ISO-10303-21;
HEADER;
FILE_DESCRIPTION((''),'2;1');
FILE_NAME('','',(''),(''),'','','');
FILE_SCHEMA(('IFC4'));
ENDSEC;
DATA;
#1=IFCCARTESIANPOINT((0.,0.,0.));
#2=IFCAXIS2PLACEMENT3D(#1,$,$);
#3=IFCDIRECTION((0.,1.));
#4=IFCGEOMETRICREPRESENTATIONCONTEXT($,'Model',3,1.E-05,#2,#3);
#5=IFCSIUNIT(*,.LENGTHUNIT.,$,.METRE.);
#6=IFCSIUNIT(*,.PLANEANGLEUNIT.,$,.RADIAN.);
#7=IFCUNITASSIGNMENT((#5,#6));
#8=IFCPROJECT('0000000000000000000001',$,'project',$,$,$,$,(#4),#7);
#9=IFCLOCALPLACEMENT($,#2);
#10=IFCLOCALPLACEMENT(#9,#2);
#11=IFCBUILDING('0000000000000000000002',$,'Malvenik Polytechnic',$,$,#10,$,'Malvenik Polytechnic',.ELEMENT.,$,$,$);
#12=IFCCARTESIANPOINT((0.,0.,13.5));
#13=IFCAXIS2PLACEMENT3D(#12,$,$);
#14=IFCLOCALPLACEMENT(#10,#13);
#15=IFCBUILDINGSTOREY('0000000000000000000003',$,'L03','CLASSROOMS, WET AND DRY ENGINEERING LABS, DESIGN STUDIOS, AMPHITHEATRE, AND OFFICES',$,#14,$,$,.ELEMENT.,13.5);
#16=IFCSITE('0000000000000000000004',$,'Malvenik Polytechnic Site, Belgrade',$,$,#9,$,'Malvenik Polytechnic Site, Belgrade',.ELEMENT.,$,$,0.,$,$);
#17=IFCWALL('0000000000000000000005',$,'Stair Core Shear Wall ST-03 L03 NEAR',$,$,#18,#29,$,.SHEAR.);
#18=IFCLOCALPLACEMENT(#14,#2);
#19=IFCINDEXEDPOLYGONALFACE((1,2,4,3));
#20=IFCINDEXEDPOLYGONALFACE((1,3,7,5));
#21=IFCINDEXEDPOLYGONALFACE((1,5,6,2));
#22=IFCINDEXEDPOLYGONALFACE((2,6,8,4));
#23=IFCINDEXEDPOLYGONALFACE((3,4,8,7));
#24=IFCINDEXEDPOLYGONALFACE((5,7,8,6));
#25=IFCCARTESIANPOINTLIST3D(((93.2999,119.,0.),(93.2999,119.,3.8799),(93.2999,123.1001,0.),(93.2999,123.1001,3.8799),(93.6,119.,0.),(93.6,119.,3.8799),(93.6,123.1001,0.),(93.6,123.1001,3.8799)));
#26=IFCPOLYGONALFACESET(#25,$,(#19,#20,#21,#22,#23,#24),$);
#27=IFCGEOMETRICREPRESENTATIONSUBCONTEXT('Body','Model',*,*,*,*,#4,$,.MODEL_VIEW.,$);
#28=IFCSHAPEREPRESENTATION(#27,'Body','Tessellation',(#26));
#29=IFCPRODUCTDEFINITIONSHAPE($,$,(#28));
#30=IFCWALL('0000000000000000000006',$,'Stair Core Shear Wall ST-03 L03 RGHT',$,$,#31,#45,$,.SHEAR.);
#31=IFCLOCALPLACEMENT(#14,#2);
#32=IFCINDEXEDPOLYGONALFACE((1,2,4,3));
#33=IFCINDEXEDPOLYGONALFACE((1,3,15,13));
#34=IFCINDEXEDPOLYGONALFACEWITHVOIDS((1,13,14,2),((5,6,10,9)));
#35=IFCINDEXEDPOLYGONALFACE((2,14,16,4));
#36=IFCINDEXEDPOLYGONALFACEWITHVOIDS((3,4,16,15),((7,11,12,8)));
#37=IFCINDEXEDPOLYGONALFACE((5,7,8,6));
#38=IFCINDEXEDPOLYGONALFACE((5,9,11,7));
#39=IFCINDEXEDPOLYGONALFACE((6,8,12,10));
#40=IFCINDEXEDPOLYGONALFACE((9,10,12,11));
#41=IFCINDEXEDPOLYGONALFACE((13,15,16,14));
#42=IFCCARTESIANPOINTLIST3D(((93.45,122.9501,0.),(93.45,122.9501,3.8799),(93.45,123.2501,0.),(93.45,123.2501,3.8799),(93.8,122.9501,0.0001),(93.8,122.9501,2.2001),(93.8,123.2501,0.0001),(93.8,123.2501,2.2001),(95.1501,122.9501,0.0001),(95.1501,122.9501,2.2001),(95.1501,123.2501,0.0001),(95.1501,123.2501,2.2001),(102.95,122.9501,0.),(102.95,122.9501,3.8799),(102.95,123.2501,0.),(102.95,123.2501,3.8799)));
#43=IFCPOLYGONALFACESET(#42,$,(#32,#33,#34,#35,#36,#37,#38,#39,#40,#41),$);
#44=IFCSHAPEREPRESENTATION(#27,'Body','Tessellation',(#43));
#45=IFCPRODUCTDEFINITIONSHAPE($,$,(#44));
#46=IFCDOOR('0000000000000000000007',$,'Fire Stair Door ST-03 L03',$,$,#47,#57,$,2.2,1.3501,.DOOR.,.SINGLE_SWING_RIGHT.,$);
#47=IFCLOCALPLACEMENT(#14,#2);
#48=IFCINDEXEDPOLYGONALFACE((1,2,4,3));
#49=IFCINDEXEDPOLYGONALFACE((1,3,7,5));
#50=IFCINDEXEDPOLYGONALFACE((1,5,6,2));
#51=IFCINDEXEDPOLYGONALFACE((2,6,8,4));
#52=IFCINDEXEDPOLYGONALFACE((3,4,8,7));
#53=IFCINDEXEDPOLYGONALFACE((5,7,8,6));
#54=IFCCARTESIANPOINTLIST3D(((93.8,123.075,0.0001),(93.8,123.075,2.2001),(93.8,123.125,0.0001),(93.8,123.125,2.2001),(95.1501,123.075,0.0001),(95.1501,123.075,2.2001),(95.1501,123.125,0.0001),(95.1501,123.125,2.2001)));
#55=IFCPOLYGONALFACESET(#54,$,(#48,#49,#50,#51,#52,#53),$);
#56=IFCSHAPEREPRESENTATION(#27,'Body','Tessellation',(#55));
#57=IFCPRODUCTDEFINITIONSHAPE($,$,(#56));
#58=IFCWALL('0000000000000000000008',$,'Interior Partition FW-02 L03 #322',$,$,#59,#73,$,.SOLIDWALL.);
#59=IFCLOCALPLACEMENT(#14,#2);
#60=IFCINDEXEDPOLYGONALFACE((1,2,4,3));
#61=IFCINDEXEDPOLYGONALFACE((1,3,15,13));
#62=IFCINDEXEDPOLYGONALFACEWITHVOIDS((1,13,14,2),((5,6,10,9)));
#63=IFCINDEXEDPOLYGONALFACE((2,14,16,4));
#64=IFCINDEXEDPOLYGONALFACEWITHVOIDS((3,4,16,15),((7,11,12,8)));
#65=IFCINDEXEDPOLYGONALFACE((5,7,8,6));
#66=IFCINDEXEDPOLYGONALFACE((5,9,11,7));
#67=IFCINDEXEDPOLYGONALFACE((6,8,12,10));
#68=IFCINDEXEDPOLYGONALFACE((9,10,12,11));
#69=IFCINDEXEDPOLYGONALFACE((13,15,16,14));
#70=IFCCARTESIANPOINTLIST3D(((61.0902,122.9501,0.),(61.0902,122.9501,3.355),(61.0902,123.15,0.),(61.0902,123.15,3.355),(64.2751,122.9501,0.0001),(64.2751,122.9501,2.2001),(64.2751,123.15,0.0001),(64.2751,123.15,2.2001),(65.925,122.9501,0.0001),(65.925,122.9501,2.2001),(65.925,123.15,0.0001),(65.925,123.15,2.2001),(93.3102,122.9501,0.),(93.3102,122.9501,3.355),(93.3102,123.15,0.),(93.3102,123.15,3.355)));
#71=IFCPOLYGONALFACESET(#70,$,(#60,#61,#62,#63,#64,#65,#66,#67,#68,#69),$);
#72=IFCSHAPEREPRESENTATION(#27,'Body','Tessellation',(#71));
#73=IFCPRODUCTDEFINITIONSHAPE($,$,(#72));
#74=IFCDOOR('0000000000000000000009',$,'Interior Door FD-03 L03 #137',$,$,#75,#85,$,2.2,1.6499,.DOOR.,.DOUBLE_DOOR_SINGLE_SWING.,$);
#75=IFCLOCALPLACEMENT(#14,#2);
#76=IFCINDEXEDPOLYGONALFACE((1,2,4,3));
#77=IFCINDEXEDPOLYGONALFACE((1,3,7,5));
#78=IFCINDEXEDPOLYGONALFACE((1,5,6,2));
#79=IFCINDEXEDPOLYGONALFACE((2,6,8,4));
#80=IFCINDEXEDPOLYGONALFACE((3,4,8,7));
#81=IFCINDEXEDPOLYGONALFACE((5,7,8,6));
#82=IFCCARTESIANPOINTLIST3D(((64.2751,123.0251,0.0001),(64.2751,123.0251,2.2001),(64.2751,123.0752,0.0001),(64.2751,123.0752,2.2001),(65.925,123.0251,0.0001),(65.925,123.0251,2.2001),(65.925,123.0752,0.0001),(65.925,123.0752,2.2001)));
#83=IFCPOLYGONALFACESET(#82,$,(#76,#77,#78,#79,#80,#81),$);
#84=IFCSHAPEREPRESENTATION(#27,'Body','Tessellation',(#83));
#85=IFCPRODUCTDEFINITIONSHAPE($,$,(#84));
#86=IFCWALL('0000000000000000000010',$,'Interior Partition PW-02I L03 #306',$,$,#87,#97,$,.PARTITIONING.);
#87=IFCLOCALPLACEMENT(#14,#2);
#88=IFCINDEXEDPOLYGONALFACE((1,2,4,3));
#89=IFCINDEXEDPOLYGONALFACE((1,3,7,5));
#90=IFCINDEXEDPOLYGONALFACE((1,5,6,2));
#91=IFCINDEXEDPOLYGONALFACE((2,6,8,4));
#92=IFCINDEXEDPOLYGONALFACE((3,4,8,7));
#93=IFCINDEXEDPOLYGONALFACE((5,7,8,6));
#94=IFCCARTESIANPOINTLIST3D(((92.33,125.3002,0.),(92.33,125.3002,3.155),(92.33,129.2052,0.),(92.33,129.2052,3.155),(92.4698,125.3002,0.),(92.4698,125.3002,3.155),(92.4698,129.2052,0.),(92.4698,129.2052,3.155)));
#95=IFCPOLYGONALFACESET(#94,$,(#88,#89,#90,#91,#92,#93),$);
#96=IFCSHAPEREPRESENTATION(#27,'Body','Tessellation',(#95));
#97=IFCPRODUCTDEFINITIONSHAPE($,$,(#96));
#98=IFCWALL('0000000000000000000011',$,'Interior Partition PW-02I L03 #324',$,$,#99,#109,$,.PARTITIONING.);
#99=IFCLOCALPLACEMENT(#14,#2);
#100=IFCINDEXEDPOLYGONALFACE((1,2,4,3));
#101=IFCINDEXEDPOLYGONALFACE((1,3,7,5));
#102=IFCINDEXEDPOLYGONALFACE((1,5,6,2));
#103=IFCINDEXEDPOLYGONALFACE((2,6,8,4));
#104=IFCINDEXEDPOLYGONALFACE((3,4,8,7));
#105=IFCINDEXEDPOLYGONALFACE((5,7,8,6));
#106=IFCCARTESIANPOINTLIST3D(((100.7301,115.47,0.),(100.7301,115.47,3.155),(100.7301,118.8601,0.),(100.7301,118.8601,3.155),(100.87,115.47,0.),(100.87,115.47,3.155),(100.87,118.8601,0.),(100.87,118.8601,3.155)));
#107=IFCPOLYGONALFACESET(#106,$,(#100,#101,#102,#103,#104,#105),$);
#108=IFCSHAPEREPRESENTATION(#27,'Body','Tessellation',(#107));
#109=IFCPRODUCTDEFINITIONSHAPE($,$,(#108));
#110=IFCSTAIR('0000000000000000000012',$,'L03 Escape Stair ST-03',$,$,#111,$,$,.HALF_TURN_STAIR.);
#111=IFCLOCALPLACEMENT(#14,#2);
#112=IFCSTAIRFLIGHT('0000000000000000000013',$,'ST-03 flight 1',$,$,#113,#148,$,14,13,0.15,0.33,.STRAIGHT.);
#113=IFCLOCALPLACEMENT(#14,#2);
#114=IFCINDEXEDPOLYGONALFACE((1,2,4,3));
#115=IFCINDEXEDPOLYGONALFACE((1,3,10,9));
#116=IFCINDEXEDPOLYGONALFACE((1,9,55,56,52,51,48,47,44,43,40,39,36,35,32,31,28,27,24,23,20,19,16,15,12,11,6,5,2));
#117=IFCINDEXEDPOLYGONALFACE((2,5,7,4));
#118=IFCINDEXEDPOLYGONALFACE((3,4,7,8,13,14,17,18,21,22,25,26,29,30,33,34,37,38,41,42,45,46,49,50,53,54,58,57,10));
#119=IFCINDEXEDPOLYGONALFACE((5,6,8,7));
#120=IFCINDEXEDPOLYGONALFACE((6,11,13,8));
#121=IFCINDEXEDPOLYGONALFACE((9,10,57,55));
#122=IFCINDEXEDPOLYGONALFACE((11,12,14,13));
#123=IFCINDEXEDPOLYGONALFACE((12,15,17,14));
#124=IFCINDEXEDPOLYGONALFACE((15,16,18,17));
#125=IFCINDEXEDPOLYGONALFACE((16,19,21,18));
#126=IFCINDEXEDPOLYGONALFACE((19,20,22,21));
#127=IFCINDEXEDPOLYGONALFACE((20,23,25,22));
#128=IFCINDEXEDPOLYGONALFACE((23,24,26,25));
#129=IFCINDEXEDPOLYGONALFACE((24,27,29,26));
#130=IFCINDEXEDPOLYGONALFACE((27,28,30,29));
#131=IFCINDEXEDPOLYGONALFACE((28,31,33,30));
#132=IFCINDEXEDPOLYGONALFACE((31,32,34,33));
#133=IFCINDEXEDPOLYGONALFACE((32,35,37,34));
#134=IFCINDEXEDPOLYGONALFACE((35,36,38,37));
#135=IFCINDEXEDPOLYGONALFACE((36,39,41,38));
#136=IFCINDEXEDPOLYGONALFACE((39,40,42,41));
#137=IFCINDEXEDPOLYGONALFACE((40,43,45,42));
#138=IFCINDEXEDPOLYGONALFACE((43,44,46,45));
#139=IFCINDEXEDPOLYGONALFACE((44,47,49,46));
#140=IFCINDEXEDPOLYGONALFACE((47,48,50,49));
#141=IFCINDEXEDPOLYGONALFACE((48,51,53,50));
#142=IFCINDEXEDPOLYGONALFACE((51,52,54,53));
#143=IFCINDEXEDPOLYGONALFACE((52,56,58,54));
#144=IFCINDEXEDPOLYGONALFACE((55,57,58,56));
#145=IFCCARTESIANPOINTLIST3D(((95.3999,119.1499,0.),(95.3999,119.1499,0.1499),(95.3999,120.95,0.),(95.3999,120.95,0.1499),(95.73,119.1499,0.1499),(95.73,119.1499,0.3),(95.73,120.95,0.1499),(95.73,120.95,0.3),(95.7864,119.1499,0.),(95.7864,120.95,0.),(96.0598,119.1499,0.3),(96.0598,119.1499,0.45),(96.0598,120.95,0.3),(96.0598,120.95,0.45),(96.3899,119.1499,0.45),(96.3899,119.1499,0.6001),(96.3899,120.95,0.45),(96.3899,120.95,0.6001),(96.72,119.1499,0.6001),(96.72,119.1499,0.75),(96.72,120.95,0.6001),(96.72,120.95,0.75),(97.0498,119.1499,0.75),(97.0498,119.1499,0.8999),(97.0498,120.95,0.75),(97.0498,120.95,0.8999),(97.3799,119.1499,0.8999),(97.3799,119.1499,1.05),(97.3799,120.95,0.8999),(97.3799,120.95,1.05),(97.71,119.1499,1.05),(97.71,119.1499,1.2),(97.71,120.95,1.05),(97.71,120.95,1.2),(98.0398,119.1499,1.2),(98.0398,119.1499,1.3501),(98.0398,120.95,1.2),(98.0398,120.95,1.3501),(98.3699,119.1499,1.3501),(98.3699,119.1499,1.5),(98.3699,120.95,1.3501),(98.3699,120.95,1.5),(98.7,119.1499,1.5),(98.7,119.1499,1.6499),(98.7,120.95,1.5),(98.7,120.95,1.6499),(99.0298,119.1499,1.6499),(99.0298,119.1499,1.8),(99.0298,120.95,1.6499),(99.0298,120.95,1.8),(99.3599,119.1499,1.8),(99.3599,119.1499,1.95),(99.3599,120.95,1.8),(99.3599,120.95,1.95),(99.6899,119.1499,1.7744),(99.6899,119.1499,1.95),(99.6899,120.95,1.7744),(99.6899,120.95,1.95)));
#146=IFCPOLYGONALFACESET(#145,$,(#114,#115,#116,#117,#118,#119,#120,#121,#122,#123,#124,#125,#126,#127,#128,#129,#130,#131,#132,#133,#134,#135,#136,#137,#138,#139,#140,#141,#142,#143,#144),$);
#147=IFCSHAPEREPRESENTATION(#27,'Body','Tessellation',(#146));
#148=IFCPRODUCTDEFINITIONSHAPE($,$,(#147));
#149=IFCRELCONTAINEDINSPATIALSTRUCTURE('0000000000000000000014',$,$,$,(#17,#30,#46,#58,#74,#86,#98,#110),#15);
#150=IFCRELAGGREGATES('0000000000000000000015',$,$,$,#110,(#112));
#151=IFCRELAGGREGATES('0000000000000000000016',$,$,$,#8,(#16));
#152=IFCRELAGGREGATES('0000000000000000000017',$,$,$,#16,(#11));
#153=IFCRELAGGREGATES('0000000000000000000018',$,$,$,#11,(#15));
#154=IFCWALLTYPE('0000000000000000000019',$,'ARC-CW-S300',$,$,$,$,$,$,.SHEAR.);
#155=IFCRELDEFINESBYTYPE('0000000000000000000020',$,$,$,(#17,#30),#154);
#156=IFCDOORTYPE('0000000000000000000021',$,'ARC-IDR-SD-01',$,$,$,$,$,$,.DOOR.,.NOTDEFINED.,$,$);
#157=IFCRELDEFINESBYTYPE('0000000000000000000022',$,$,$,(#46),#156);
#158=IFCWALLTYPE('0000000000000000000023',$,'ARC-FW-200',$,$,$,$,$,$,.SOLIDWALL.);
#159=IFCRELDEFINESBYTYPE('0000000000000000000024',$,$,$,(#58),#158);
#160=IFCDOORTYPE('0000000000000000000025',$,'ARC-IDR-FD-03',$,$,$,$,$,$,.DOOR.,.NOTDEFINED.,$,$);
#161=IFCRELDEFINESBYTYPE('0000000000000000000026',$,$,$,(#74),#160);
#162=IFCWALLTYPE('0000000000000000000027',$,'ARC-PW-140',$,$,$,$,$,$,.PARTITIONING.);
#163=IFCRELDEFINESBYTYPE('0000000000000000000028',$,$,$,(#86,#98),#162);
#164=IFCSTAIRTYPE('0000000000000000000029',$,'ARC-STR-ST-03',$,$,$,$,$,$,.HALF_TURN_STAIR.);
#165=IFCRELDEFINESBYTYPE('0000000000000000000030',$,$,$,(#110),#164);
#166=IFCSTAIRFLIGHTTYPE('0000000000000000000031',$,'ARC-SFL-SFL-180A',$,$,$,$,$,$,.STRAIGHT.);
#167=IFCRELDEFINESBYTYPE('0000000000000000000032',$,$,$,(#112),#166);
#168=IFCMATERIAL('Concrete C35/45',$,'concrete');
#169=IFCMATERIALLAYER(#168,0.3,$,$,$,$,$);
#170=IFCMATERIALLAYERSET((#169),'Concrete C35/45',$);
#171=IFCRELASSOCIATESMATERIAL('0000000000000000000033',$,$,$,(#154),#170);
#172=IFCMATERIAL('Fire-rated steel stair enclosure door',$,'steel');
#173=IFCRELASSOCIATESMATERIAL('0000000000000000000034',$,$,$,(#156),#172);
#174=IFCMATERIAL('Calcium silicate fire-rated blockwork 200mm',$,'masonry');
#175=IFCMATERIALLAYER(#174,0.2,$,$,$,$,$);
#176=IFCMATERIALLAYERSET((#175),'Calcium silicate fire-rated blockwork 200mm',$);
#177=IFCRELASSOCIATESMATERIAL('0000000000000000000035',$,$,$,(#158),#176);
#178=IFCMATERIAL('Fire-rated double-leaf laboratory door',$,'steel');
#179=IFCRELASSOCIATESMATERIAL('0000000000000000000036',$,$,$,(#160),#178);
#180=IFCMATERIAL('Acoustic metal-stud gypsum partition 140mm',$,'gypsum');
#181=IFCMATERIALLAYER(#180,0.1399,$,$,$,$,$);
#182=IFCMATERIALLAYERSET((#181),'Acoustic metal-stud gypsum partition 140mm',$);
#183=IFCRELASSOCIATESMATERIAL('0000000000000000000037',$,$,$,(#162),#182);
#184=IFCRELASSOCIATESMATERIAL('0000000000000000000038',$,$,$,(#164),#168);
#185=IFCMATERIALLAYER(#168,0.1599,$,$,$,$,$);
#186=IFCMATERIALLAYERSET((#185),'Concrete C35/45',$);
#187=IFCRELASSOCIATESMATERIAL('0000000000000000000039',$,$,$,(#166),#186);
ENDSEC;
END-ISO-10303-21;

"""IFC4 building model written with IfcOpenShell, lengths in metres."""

from ifc_helpers import new_model, si_unit, direction, frame, frame_2d, origin, place, context, subcontext, project, spatial, polyline, rectangle, outline, extrude, material, layer, layer_set, type_object, element, fill, aggregate, save


model = new_model("IFC4")

# Units and contexts
model_context = context("Model", 3, precision=1e-05, world=origin(), true_north=direction((0.0, 1.0)))
body_context = subcontext(model_context, "Body", "Model", "MODEL_VIEW")
ifc_project = project(units=[si_unit("LENGTHUNIT", "METRE"), si_unit("PLANEANGLEUNIT", "RADIAN")], contexts=[model_context])

# Site, building, storey
site_placement = place(None, origin())
site = spatial("IfcSite", under=ifc_project, at=site_placement, Name="Malvenik Polytechnic Site, Belgrade", LongName="Malvenik Polytechnic Site, Belgrade", CompositionType="ELEMENT", RefElevation=0.0)
building_placement = place(site_placement, origin())
building = spatial("IfcBuilding", under=site, at=building_placement, Name="Malvenik Polytechnic", LongName="Malvenik Polytechnic", CompositionType="ELEMENT")
storey_placement = place(building_placement, frame((0.0, 0.0, 13.5)))
storey = spatial("IfcBuildingStorey", under=building, at=storey_placement, Name="L03", Description="CLASSROOMS, WET AND DRY ENGINEERING LABS, DESIGN STUDIOS, AMPHITHEATRE, AND OFFICES", CompositionType="ELEMENT", Elevation=13.5)

# Shared definitions
ifc_material_1 = material(Name="Concrete C35/45", Category="concrete")

# Wall
ifc_layer_1 = layer(ifc_material_1, 0.3)
ifc_layer_set_1 = layer_set([ifc_layer_1], Name="Concrete C35/45")
wall_type_1 = type_object("IfcWallType", Name="ARC-CW-S300", PredefinedType="SHEAR", material=ifc_layer_set_1)
wall_1_placement = place(storey_placement, frame((93.45, 119.0, 0.0), z_axis=(0.0, 0.0, 1.0), x_axis=(0.0, 1.0, 0.0)))
element("IfcWall", 1, at=wall_1_placement, inside=storey, type_object=wall_type_1, Name="Stair Core Shear Wall ST-03 L03 NEAR", PredefinedType="SHEAR", context=body_context, shape_type="SweptSolid", body=[
    extrude(rectangle(XDim=4.1001, YDim=0.3, at=frame_2d((2.05, 0.0))), origin(), (0.0, 0.0, 1.0), 3.8799),
])

# Walls, openings, doors
wall_2_placement = place(storey_placement, frame((93.45, 123.1001, 0.0), z_axis=(0.0, 0.0, 1.0), x_axis=(1.0, 0.0, 0.0)))
wall_2 = element("IfcWall", 2, at=wall_2_placement, inside=storey, type_object=wall_type_1, Name="Stair Core Shear Wall ST-03 L03 RGHT", PredefinedType="SHEAR", context=body_context, shape_type="SweptSolid", body=[
    extrude(rectangle(XDim=9.5, YDim=0.3, at=frame_2d((4.75, 0.0))), origin(), (0.0, 0.0, 1.0), 3.8799),
])
opening_1_placement = place(wall_2_placement, frame((0.3501, 0.0, 0.0)))
opening_1 = element("IfcOpeningElement", 3, at=opening_1_placement, cuts=wall_2, PredefinedType="OPENING", context=body_context, shape_type="SweptSolid", body=[
    extrude(rectangle(XDim=1.3501, YDim=2.2, at=frame_2d((0.675, 1.1001))), frame((0.0, 0.1602, 0.0), z_axis=(0.0, -1.0, 0.0), x_axis=(1.0, 0.0, 0.0)), (0.0, 0.0, 1.0), 0.3201),
])
ifc_material_2 = material(Name="Fire-rated steel stair enclosure door", Category="steel")
door_type_1 = type_object("IfcDoorType", Name="ARC-IDR-SD-01", OperationType="NOTDEFINED", PredefinedType="DOOR", material=ifc_material_2)
door_1_placement = place(opening_1_placement, origin())
door_1 = element("IfcDoor", 4, at=door_1_placement, inside=storey, type_object=door_type_1, Name="Fire Stair Door ST-03 L03", OperationType="SINGLE_SWING_RIGHT", OverallHeight=2.2, OverallWidth=1.3501, PredefinedType="DOOR", context=body_context, shape_type="SweptSolid", body=[
    extrude(rectangle(XDim=1.3501, YDim=2.2, at=frame_2d((0.675, 1.1001))), frame((0.0, 0.0249, 0.0), z_axis=(0.0, -1.0, 0.0), x_axis=(1.0, 0.0, 0.0)), (0.0, 0.0, 1.0), 0.05),
])
fill(opening_1, door_1)
ifc_material_3 = material(Name="Calcium silicate fire-rated blockwork 200mm", Category="masonry")
ifc_layer_2 = layer(ifc_material_3, 0.2)
ifc_layer_set_2 = layer_set([ifc_layer_2], Name="Calcium silicate fire-rated blockwork 200mm")
wall_type_2 = type_object("IfcWallType", Name="ARC-FW-200", PredefinedType="SOLIDWALL", material=ifc_layer_set_2)
wall_3_placement = place(storey_placement, frame((93.3101, 123.05, 0.0), z_axis=(0.0, 0.0, 1.0), x_axis=(-1.0, 0.0, 0.0)))
wall_3 = element("IfcWall", 5, at=wall_3_placement, inside=storey, type_object=wall_type_2, Name="Interior Partition FW-02 L03 #322", PredefinedType="SOLIDWALL", context=body_context, shape_type="SweptSolid", body=[
    extrude(rectangle(XDim=32.22, YDim=0.2, at=frame_2d((16.1099, 0.0))), origin(), (0.0, 0.0, 1.0), 3.355),
])
opening_2_placement = place(wall_3_placement, frame((27.385, 0.0, 0.0)))
opening_2 = element("IfcOpeningElement", 6, at=opening_2_placement, cuts=wall_3, PredefinedType="OPENING", context=body_context, shape_type="SweptSolid", body=[
    extrude(rectangle(XDim=1.6499, YDim=2.2, at=frame_2d((0.825, 1.1001))), frame((0.0, 0.1099, 0.0), z_axis=(0.0, -1.0, 0.0), x_axis=(1.0, 0.0, 0.0)), (0.0, 0.0, 1.0), 0.22),
])
ifc_material_4 = material(Name="Fire-rated double-leaf laboratory door", Category="steel")
door_type_2 = type_object("IfcDoorType", Name="ARC-IDR-FD-03", OperationType="NOTDEFINED", PredefinedType="DOOR", material=ifc_material_4)
door_2_placement = place(opening_2_placement, origin())
door_2 = element("IfcDoor", 7, at=door_2_placement, inside=storey, type_object=door_type_2, Name="Interior Door FD-03 L03 #137", OperationType="DOUBLE_DOOR_SINGLE_SWING", OverallHeight=2.2, OverallWidth=1.6499, PredefinedType="DOOR", context=body_context, shape_type="SweptSolid", body=[
    extrude(rectangle(XDim=1.6499, YDim=2.2, at=frame_2d((0.825, 1.1001))), frame((0.0, 0.0249, 0.0), z_axis=(0.0, -1.0, 0.0), x_axis=(1.0, 0.0, 0.0)), (0.0, 0.0, 1.0), 0.05),
])
fill(opening_2, door_2)

# Walls
ifc_material_5 = material(Name="Acoustic metal-stud gypsum partition 140mm", Category="gypsum")
ifc_layer_3 = layer(ifc_material_5, 0.1399)
ifc_layer_set_3 = layer_set([ifc_layer_3], Name="Acoustic metal-stud gypsum partition 140mm")
wall_type_3 = type_object("IfcWallType", Name="ARC-PW-140", PredefinedType="PARTITIONING", material=ifc_layer_set_3)
wall_4_placement = place(storey_placement, frame((92.3999, 125.3, 0.0), z_axis=(0.0, 0.0, 1.0), x_axis=(0.0, 1.0, 0.0)))
element("IfcWall", 8, at=wall_4_placement, inside=storey, type_object=wall_type_3, Name="Interior Partition PW-02I L03 #306", PredefinedType="PARTITIONING", context=body_context, shape_type="SweptSolid", body=[
    extrude(rectangle(XDim=3.905, YDim=0.1399, at=frame_2d((1.9526, 0.0))), origin(), (0.0, 0.0, 1.0), 3.155),
])
wall_5_placement = place(storey_placement, frame((100.8, 115.47, 0.0), z_axis=(0.0, 0.0, 1.0), x_axis=(0.0, 1.0, 0.0)))
element("IfcWall", 9, at=wall_5_placement, inside=storey, type_object=wall_type_3, Name="Interior Partition PW-02I L03 #324", PredefinedType="PARTITIONING", context=body_context, shape_type="SweptSolid", body=[
    extrude(rectangle(XDim=3.3901, YDim=0.1399, at=frame_2d((1.6951, 0.0))), origin(), (0.0, 0.0, 1.0), 3.155),
])

# Stair, stair flight
stair_type = type_object("IfcStairType", Name="ARC-STR-ST-03", PredefinedType="HALF_TURN_STAIR", material=ifc_material_1)
stair_placement = place(storey_placement, origin())
stair = element("IfcStair", 10, at=stair_placement, inside=storey, type_object=stair_type, Name="L03 Escape Stair ST-03", PredefinedType="HALF_TURN_STAIR")
ifc_layer_4 = layer(ifc_material_1, 0.1599)
ifc_layer_set_4 = layer_set([ifc_layer_4], Name="Concrete C35/45")
stair_flight_type = type_object("IfcStairFlightType", Name="ARC-SFL-SFL-180A", PredefinedType="STRAIGHT", material=ifc_layer_set_4)
stair_flight_1_placement = place(storey_placement, frame((95.3999, 120.05, 0.0), z_axis=(0.0, 0.0, 1.0), x_axis=(1.0, 0.0, 0.0)))
stair_flight_1 = element("IfcStairFlight", 11, at=stair_flight_1_placement, type_object=stair_flight_type, Name="ST-03 flight 1", NumberOfRisers=14, NumberOfTreads=13, PredefinedType="STRAIGHT", RiserHeight=0.15, TreadLength=0.33, context=body_context, shape_type="SweptSolid", body=[
    extrude(outline(polyline([(0.0, 0.0), (0.0, 0.1499), (0.3301, 0.1499), (0.3301, 0.3), (0.6599, 0.3), (0.6599, 0.45), (0.99, 0.45), (0.99, 0.6001), (1.3201, 0.6001), (1.3201, 0.75), (1.6499, 0.75), (1.6499, 0.8999), (1.98, 0.8999), (1.98, 1.05), (2.3101, 1.05), (2.3101, 1.2), (2.6399, 1.2), (2.6399, 1.3501), (2.97, 1.3501), (2.97, 1.5), (3.3, 1.5), (3.3, 1.6499), (3.6299, 1.6499), (3.6299, 1.8), (3.96, 1.8), (3.96, 1.95), (4.29, 1.95), (4.29, 2.1001), (4.29, 1.7744), (0.3865, 0.0), (0.0, 0.0)])), frame((0.0, 0.8999, 0.0), z_axis=(0.0, -1.0, 0.0), x_axis=(1.0, 0.0, 0.0)), (0.0, 0.0, 1.0), 1.8),
])
aggregate(stair, [stair_flight_1])

save(model, "model.ifc")
